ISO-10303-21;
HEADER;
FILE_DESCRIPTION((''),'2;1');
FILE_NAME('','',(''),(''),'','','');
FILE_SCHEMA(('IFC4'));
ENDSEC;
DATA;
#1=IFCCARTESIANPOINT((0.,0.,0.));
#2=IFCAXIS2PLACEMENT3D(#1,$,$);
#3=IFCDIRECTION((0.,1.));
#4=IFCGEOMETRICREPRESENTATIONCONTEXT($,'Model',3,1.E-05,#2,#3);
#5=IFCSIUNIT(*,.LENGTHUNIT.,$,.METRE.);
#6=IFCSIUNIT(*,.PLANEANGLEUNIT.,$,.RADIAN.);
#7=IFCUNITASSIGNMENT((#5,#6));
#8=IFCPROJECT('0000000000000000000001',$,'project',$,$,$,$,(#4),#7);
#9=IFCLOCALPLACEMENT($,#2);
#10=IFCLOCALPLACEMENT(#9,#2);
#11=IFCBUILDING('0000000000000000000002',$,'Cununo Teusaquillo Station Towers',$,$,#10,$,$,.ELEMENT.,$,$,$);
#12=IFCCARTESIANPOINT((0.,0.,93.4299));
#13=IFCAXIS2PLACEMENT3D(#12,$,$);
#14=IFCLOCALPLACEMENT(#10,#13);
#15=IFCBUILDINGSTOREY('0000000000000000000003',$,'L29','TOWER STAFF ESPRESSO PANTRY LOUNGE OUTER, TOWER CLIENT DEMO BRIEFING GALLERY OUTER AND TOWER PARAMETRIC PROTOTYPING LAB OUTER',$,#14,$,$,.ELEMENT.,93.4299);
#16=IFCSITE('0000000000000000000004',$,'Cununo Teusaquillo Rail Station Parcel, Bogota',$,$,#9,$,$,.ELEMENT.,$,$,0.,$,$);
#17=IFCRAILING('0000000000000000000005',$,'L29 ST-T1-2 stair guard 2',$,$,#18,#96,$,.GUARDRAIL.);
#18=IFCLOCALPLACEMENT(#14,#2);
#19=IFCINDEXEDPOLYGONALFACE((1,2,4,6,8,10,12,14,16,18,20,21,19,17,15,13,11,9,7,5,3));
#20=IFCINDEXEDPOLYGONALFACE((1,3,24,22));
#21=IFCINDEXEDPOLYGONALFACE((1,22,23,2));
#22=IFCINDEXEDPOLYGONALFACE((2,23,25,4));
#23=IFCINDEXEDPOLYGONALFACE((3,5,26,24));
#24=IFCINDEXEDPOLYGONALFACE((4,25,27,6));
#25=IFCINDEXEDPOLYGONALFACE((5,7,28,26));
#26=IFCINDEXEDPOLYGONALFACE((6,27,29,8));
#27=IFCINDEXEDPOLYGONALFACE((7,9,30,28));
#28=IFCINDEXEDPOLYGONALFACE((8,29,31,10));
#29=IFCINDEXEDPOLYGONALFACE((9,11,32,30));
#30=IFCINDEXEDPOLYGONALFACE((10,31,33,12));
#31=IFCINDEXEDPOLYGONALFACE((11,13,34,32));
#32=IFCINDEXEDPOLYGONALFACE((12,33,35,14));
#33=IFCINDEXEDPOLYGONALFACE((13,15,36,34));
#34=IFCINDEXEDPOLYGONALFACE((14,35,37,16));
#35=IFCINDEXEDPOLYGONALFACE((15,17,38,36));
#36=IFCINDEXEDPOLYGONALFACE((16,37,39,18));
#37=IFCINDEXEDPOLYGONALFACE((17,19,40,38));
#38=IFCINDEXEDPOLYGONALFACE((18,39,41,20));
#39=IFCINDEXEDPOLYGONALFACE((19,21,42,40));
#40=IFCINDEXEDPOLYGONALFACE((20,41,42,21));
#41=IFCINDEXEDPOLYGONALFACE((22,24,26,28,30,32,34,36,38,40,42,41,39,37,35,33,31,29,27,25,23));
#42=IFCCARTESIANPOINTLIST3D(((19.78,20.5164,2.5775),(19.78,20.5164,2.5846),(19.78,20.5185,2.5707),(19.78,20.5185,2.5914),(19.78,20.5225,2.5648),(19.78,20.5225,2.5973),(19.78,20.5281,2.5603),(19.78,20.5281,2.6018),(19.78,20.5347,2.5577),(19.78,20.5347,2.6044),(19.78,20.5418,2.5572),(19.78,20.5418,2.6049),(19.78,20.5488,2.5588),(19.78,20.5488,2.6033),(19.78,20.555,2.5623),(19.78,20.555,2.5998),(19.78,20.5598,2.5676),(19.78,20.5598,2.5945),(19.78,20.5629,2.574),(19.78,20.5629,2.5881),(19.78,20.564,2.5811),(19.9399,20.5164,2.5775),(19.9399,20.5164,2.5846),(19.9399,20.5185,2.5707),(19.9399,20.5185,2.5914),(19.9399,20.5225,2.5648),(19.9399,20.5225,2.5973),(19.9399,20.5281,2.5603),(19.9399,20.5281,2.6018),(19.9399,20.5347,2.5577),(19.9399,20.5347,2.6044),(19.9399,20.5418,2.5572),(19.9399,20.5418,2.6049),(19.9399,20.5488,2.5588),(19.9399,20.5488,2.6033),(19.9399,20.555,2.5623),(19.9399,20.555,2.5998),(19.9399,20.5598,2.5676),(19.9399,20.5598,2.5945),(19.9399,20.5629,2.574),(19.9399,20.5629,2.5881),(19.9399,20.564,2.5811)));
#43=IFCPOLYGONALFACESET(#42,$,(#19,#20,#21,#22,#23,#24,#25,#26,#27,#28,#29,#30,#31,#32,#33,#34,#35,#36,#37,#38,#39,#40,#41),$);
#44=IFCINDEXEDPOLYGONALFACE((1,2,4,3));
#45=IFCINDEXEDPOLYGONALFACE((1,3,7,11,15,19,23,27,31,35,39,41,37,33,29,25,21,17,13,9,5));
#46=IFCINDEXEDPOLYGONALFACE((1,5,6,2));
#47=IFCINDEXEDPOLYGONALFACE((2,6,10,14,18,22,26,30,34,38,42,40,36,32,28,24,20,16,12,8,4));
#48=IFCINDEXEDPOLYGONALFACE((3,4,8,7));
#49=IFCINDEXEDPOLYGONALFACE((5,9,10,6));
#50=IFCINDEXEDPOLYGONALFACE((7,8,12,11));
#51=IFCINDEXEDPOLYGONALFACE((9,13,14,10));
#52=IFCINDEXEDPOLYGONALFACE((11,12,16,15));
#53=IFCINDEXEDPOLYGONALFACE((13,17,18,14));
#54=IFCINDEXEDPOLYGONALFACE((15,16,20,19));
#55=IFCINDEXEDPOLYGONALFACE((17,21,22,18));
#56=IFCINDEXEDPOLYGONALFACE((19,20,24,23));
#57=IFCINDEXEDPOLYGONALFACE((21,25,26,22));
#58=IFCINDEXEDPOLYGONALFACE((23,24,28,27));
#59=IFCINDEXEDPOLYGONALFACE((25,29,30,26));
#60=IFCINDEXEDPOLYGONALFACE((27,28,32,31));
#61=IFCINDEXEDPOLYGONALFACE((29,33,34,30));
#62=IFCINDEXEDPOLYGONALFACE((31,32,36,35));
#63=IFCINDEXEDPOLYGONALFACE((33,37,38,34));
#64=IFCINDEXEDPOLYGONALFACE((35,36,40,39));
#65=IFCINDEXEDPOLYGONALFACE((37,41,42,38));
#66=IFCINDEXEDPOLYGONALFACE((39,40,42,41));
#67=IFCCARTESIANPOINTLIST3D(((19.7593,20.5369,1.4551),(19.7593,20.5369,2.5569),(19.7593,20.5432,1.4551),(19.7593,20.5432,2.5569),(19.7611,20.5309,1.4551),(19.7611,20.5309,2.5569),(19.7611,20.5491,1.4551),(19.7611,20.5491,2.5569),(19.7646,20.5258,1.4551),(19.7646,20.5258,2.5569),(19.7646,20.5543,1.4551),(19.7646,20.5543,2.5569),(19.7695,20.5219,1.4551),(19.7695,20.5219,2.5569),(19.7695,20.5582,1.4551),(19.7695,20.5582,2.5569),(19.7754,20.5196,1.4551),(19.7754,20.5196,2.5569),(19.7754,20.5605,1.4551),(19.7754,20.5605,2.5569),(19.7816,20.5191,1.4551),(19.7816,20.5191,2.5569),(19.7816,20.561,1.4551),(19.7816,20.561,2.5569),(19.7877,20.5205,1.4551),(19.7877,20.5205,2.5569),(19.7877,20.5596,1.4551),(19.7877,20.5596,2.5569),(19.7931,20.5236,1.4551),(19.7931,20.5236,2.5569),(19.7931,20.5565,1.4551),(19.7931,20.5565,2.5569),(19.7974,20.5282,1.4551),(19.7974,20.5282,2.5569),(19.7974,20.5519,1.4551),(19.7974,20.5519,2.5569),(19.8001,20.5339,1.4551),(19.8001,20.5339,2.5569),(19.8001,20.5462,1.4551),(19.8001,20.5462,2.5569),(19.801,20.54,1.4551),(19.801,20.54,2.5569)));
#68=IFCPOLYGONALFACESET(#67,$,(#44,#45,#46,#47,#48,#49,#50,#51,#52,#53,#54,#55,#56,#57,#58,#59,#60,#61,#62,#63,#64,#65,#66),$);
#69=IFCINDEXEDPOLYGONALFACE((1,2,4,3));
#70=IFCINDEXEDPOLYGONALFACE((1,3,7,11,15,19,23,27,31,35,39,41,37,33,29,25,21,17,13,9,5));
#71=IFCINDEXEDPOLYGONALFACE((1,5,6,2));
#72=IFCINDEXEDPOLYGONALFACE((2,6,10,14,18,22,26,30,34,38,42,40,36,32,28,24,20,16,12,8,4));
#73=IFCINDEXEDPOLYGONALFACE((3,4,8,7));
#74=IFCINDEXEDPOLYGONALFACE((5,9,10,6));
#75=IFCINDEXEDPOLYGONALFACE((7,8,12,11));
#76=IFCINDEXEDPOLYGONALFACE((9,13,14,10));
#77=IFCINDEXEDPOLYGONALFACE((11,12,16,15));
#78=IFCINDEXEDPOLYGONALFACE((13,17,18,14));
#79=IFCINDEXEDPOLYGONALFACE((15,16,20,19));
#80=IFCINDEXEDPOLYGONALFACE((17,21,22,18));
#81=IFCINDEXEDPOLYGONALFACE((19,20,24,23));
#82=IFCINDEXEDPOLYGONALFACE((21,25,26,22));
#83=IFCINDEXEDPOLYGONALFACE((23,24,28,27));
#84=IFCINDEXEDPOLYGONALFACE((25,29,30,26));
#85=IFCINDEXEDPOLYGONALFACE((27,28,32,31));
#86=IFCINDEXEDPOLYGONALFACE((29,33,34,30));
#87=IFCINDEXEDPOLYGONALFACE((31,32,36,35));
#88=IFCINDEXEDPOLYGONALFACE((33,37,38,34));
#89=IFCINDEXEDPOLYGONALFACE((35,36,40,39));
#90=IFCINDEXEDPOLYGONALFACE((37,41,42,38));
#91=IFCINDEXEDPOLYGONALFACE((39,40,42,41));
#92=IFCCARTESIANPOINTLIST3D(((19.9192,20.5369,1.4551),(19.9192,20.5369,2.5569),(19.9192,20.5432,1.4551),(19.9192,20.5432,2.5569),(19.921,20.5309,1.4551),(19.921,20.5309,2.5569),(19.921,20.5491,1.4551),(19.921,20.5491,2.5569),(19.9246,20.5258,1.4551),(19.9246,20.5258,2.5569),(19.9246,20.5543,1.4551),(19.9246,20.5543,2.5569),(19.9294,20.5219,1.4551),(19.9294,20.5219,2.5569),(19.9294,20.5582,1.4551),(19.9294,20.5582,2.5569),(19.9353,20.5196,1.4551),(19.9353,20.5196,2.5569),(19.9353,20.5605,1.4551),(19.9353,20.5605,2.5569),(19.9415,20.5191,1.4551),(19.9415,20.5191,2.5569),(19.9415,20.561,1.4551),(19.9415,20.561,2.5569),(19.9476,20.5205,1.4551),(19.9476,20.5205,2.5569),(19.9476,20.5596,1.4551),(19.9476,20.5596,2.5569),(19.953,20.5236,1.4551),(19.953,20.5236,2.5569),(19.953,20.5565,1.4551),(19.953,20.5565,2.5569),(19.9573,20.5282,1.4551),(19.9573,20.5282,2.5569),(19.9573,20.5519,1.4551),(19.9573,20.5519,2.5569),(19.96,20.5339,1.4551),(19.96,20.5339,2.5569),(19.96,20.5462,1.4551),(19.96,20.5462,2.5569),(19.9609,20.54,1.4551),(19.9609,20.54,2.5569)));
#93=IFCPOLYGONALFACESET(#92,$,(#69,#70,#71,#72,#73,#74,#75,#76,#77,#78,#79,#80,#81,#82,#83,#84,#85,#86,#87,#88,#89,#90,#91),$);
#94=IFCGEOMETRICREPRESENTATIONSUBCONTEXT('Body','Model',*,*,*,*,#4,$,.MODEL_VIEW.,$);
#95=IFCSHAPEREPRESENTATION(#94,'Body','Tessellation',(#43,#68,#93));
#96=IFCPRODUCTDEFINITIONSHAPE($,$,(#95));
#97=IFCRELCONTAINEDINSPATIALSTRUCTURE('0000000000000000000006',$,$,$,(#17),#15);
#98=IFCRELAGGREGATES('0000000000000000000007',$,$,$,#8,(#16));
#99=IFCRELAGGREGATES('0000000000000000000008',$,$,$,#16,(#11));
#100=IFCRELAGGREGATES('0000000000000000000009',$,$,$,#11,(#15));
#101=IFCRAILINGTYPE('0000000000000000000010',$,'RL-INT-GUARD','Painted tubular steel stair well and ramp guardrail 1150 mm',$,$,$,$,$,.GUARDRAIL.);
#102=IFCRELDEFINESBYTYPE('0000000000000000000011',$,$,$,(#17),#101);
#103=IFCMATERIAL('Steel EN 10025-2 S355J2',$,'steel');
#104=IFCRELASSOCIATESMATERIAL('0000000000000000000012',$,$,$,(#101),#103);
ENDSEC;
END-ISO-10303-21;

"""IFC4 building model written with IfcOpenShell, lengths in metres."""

from ifc_helpers import new_model, si_unit, direction, frame, origin, origin_2d, place, context, subcontext, project, spatial, circle, extrude, material, type_object, element, save


model = new_model("IFC4")

# Units and contexts
model_context = context("Model", 3, precision=1e-05, world=origin(), true_north=direction((0.0, 1.0)))
body_context = subcontext(model_context, "Body", "Model", "MODEL_VIEW")
ifc_project = project(units=[si_unit("LENGTHUNIT", "METRE"), si_unit("PLANEANGLEUNIT", "RADIAN")], contexts=[model_context])

# Site, building, storey
site_placement = place(None, origin())
site = spatial("IfcSite", under=ifc_project, at=site_placement, Name="Cununo Teusaquillo Rail Station Parcel, Bogota", CompositionType="ELEMENT", RefElevation=0.0)
building_placement = place(site_placement, origin())
building = spatial("IfcBuilding", under=site, at=building_placement, Name="Cununo Teusaquillo Station Towers", CompositionType="ELEMENT")
storey_placement = place(building_placement, frame((0.0, 0.0, 93.4299)))
storey = spatial("IfcBuildingStorey", under=building, at=storey_placement, Name="L29", Description="TOWER STAFF ESPRESSO PANTRY LOUNGE OUTER, TOWER CLIENT DEMO BRIEFING GALLERY OUTER AND TOWER PARAMETRIC PROTOTYPING LAB OUTER", CompositionType="ELEMENT", Elevation=93.4299)

# Railing
ifc_material_1 = material(Name="Steel EN 10025-2 S355J2", Category="steel")
railing_type_1 = type_object("IfcRailingType", Name="RL-INT-GUARD", Description="Painted tubular steel stair well and ramp guardrail 1150 mm", PredefinedType="GUARDRAIL", material=ifc_material_1)
railing_1_placement = place(storey_placement, frame((19.78, 20.54, 1.4551)))
element("IfcRailing", 1, at=railing_1_placement, inside=storey, type_object=railing_type_1, Name="L29 ST-T1-2 stair guard 2", PredefinedType="GUARDRAIL", context=body_context, shape_type="SweptSolid", body=[
    extrude(circle(Radius=0.0239, at=origin_2d()), frame((0.0, 0.0, 1.126), z_axis=(1.0, 0.0, 0.0), x_axis=(0.0, 1.0, 0.0)), (0.0, 0.0, 1.0), 0.1599),
    extrude(circle(Radius=0.021, at=origin_2d()), origin(), (0.0, 0.0, 1.0), 1.1018),
    extrude(circle(Radius=0.021, at=origin_2d()), frame((0.1599, 0.0, 0.0)), (0.0, 0.0, 1.0), 1.1018),
])

save(model, "model.ifc")
